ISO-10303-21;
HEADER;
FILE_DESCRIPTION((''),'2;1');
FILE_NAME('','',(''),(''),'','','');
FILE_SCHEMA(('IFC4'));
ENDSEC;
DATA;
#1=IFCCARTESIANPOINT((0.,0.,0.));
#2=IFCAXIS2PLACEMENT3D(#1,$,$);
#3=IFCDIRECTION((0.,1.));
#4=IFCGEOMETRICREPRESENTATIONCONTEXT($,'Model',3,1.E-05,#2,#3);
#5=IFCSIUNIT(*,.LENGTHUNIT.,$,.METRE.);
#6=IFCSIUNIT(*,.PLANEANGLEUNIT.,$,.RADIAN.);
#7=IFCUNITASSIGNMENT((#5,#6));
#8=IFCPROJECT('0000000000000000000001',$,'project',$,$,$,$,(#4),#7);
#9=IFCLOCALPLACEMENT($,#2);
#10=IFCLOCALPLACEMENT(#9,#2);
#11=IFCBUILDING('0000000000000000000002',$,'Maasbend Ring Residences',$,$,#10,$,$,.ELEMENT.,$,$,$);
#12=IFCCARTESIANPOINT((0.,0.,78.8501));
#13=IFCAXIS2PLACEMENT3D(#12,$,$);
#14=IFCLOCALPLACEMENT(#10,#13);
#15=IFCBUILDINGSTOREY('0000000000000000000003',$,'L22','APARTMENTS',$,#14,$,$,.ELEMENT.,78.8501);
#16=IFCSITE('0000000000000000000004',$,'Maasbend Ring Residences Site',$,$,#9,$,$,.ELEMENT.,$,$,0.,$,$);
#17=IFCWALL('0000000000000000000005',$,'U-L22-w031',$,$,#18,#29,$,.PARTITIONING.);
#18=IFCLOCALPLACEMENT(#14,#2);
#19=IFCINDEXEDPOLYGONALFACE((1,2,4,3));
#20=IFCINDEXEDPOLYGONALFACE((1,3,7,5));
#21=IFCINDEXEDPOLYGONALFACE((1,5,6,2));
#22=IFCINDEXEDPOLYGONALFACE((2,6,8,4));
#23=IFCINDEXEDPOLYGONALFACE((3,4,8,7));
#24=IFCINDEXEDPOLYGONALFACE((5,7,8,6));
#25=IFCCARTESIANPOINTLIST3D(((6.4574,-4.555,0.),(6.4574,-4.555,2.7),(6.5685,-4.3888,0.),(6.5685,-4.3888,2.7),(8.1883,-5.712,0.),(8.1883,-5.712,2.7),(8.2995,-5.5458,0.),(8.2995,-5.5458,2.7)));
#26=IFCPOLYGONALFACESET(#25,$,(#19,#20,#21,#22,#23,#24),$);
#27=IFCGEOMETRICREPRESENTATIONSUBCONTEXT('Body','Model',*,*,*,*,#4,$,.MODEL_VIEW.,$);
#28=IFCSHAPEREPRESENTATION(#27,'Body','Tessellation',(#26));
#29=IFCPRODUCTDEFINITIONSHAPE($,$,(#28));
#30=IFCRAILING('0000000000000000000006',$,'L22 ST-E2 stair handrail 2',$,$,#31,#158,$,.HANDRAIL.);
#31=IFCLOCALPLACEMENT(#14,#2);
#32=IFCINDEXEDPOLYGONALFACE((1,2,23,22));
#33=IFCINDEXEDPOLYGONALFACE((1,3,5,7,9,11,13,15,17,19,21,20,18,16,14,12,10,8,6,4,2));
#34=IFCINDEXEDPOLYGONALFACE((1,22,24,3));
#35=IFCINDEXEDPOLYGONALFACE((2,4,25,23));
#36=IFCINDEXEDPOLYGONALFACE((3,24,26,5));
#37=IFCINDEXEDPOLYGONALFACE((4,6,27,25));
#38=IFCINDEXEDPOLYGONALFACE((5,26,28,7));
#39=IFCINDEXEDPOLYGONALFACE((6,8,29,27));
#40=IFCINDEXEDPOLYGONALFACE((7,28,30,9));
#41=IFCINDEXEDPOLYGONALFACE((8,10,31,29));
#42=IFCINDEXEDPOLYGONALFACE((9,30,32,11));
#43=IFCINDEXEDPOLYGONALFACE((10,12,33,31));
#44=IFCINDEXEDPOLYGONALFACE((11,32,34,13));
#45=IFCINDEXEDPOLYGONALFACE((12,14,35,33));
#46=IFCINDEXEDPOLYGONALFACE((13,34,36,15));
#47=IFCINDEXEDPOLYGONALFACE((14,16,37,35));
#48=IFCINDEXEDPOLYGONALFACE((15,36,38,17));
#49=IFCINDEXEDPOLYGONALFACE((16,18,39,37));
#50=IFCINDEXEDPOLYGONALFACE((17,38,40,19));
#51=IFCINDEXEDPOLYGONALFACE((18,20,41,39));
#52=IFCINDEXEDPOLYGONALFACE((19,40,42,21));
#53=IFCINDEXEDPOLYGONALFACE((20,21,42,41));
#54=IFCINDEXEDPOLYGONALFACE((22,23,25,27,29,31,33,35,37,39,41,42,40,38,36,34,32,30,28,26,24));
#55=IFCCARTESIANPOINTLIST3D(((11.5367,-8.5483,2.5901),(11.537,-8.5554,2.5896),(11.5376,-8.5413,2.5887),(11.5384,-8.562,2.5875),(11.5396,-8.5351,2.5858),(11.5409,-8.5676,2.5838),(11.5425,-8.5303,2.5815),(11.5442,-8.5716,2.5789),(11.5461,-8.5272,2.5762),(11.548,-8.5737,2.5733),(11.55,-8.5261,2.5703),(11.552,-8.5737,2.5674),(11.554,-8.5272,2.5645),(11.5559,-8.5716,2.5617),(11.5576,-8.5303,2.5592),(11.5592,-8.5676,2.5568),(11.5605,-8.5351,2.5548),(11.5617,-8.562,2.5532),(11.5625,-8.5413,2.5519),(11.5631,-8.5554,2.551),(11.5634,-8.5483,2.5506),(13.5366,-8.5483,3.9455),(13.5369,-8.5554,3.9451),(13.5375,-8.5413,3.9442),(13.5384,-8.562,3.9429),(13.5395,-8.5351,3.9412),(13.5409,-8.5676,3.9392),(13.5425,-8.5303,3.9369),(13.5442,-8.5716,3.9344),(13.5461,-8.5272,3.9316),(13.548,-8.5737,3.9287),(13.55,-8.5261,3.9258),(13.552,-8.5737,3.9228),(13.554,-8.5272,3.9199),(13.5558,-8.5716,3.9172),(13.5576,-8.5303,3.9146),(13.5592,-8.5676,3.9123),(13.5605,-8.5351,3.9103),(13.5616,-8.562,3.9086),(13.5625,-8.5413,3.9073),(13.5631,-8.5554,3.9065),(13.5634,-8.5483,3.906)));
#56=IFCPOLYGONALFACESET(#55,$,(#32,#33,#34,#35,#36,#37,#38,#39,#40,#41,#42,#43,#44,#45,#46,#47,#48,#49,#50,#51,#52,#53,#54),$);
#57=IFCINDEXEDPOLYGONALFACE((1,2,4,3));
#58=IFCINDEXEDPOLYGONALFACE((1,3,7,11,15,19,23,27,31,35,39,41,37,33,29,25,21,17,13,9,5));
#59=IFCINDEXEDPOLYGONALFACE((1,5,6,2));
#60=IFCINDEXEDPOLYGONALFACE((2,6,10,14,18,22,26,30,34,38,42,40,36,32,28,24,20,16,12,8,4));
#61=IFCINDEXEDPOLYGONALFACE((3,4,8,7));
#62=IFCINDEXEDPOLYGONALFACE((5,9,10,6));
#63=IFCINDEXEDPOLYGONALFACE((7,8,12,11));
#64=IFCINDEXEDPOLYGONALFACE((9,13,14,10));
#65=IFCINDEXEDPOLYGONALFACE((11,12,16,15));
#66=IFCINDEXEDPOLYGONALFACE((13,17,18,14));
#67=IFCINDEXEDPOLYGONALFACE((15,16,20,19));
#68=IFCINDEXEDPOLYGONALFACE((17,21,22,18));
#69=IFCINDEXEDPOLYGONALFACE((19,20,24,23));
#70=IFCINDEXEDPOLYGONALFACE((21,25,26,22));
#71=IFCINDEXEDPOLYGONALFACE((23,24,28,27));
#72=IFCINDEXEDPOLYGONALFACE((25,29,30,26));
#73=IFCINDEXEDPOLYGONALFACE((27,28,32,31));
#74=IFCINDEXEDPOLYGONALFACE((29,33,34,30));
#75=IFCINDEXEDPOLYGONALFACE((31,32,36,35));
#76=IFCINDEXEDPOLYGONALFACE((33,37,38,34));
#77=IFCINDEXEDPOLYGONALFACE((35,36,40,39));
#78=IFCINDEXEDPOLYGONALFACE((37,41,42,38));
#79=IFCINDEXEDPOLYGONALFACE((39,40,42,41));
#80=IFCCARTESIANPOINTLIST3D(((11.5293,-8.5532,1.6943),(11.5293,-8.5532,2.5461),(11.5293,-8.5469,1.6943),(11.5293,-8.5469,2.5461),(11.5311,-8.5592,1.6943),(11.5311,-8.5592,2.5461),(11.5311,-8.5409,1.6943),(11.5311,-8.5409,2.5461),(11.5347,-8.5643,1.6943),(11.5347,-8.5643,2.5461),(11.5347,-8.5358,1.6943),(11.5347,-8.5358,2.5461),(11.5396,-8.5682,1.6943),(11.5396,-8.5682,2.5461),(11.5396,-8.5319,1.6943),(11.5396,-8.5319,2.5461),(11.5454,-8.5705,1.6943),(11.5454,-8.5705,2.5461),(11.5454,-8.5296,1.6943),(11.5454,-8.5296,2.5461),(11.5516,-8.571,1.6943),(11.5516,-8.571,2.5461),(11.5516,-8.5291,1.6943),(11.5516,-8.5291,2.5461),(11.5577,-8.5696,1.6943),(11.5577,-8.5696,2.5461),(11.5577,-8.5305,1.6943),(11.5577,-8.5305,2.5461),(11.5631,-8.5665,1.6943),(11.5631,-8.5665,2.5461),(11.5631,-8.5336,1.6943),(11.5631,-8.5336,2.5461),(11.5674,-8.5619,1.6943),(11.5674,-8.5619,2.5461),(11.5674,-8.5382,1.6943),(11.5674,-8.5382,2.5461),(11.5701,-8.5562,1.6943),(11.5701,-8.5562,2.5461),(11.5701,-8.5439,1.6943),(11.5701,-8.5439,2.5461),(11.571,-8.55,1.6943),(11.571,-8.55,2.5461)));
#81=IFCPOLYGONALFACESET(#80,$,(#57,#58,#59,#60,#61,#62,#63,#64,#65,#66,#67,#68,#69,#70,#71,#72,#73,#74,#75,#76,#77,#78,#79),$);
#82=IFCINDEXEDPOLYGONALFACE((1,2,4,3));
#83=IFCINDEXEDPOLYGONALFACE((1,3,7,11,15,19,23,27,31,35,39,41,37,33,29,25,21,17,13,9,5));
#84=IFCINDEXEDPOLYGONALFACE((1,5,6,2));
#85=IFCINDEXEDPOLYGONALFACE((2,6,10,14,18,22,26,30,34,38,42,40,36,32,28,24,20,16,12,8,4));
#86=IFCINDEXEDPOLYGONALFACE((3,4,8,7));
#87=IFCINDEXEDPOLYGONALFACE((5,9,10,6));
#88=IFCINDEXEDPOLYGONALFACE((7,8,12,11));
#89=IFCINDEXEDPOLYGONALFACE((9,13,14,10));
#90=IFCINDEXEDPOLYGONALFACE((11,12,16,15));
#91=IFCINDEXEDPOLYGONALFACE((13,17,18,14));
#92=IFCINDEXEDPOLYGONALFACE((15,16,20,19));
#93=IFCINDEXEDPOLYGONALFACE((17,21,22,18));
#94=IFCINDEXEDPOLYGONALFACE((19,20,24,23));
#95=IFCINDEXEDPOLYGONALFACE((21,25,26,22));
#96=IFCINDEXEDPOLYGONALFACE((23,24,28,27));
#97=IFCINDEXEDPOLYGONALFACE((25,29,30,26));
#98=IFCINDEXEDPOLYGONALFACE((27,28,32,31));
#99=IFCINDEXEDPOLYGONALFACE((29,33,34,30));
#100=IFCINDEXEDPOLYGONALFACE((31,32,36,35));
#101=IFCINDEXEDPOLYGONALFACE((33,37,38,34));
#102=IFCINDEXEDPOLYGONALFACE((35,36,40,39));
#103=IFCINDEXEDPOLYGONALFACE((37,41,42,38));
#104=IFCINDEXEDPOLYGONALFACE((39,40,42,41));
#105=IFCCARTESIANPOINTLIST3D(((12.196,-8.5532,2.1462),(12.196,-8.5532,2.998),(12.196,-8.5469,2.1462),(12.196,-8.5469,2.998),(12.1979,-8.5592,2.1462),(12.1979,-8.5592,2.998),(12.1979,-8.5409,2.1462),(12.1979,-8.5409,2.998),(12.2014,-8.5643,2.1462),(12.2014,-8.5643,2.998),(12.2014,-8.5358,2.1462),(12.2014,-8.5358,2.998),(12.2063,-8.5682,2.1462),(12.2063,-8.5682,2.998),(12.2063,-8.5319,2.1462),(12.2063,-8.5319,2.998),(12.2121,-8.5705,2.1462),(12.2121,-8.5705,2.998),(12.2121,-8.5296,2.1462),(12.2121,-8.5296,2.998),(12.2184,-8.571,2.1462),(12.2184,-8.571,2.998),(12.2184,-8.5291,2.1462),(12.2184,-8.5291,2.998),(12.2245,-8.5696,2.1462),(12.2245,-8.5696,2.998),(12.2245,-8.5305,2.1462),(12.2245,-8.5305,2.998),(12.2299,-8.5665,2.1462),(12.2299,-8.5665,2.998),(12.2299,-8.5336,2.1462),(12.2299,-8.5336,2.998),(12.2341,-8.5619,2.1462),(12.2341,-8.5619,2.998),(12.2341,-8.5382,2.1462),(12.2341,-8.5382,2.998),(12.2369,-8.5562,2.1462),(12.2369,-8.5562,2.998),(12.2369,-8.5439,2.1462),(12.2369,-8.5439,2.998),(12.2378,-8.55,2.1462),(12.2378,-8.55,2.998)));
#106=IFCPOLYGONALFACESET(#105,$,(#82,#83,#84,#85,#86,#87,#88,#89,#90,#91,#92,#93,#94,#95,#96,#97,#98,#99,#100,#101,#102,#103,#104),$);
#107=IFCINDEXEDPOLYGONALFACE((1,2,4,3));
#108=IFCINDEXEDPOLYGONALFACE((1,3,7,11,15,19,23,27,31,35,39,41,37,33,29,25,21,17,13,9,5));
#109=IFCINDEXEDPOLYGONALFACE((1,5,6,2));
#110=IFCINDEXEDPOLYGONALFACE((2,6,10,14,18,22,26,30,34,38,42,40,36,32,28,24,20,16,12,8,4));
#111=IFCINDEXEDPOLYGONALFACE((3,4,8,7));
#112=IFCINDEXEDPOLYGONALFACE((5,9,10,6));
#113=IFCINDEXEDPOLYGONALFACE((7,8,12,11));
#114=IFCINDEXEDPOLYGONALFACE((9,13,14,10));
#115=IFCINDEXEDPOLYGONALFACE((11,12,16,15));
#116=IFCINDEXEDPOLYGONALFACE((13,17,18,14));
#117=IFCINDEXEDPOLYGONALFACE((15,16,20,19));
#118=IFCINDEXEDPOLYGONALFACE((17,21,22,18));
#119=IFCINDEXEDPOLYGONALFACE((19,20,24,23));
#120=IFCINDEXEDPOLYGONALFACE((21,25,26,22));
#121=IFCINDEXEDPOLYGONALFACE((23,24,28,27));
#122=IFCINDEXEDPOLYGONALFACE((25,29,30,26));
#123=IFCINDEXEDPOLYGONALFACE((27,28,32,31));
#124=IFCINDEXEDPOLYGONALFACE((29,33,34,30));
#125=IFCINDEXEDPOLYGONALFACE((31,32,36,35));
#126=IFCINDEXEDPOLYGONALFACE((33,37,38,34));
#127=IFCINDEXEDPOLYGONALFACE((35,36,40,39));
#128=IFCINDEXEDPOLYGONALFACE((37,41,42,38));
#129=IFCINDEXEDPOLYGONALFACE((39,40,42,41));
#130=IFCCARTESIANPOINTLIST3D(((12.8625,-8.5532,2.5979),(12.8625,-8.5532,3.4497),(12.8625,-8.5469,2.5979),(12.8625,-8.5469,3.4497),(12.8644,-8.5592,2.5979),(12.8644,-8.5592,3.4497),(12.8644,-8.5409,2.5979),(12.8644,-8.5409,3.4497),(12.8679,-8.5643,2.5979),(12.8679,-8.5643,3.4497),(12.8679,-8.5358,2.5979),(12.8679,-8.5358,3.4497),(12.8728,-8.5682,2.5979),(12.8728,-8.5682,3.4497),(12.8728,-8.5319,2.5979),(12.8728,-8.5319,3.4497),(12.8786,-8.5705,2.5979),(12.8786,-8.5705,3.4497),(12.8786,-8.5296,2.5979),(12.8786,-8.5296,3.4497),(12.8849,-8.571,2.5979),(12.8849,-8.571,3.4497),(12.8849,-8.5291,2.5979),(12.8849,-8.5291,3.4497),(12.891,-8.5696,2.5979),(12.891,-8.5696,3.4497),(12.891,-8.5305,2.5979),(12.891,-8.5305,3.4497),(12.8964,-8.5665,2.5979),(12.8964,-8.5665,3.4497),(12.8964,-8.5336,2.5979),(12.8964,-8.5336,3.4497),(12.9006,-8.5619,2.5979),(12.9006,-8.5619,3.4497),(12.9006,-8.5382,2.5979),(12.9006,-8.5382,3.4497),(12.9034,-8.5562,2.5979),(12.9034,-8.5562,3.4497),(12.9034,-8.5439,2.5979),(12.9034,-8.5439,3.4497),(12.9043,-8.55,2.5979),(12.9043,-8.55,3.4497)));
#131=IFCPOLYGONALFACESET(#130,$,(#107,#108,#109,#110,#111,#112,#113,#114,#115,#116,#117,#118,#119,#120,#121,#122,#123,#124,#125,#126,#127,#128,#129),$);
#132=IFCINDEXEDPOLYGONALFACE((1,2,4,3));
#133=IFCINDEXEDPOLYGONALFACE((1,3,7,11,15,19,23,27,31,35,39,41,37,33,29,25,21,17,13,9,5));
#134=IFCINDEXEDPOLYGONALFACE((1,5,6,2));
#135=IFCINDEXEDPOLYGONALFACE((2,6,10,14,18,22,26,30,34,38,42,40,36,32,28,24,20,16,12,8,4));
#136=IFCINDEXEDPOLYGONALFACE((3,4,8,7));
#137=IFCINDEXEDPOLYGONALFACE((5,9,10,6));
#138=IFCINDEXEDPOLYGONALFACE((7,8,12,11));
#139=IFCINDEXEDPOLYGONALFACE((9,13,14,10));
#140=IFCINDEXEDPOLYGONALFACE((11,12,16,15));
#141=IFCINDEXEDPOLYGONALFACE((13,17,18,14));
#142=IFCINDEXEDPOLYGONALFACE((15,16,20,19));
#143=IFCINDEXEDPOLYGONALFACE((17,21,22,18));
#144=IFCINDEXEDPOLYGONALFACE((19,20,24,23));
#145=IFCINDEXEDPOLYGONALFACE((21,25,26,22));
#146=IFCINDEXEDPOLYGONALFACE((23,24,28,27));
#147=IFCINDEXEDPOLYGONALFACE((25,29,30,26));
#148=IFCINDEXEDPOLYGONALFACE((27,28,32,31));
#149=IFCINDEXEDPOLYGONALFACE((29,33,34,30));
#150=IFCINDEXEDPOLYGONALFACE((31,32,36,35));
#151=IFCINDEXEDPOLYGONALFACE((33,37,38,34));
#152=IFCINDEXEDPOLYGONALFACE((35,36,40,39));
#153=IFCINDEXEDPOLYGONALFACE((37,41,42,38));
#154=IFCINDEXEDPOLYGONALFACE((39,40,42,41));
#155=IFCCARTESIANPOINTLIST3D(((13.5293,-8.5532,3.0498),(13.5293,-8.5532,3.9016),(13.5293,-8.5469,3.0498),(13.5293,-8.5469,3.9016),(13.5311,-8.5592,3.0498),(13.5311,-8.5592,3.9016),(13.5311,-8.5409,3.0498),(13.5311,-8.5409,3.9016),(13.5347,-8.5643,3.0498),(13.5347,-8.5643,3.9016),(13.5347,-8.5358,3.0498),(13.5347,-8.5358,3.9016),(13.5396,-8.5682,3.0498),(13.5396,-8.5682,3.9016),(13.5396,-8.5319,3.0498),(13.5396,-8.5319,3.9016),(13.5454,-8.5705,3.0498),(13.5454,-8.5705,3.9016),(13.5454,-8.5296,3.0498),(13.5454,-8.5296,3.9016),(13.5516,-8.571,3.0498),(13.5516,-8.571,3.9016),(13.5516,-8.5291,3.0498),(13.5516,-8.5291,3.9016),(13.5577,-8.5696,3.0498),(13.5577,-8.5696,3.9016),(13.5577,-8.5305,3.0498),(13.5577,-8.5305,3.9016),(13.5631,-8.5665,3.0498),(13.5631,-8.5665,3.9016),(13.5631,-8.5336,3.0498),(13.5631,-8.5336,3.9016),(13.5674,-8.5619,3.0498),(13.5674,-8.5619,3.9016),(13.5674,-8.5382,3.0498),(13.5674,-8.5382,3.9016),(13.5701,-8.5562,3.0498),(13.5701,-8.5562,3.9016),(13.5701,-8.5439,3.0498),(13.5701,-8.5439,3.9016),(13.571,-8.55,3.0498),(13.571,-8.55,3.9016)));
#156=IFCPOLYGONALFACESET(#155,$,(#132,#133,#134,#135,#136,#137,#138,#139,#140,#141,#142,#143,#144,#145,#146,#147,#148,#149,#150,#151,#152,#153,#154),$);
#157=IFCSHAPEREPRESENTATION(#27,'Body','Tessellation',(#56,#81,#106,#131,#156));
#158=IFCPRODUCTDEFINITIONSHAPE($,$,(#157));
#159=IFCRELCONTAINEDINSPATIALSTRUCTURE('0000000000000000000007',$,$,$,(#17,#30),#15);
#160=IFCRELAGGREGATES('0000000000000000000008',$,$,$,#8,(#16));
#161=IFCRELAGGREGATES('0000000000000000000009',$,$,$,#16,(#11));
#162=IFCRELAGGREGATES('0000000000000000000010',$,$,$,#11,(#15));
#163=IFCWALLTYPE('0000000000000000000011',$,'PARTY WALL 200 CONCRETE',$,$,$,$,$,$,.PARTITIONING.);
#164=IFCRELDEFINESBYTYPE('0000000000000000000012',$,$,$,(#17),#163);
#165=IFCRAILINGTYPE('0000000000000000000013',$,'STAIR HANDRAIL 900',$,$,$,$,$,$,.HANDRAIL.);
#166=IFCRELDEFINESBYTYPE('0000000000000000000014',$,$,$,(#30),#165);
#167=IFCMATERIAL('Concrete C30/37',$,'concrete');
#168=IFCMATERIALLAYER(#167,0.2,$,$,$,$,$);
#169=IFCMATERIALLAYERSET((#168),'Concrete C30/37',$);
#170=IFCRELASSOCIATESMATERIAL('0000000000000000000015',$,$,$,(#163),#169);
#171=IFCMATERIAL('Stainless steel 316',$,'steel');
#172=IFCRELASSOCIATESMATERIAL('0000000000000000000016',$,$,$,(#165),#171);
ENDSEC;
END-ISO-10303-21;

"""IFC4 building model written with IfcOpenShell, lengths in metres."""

from ifc_helpers import new_model, si_unit, direction, frame, frame_2d, origin, origin_2d, place, context, subcontext, project, spatial, rectangle, circle, extrude, material, layer, layer_set, type_object, element, save


model = new_model("IFC4")

# Units and contexts
model_context = context("Model", 3, precision=1e-05, world=origin(), true_north=direction((0.0, 1.0)))
body_context = subcontext(model_context, "Body", "Model", "MODEL_VIEW")
ifc_project = project(units=[si_unit("LENGTHUNIT", "METRE"), si_unit("PLANEANGLEUNIT", "RADIAN")], contexts=[model_context])

# Site, building, storey
site_placement = place(None, origin())
site = spatial("IfcSite", under=ifc_project, at=site_placement, Name="Maasbend Ring Residences Site", CompositionType="ELEMENT", RefElevation=0.0)
building_placement = place(site_placement, origin())
building = spatial("IfcBuilding", under=site, at=building_placement, Name="Maasbend Ring Residences", CompositionType="ELEMENT")
storey_placement = place(building_placement, frame((0.0, 0.0, 78.8501)))
storey = spatial("IfcBuildingStorey", under=building, at=storey_placement, Name="L22", Description="APARTMENTS", CompositionType="ELEMENT", Elevation=78.8501)

# Wall
ifc_material_1 = material(Name="Concrete C30/37", Category="concrete")
ifc_layer_1 = layer(ifc_material_1, 0.2)
ifc_layer_set_1 = layer_set([ifc_layer_1], Name="Concrete C30/37")
wall_type_1 = type_object("IfcWallType", Name="PARTY WALL 200 CONCRETE", PredefinedType="PARTITIONING", material=ifc_layer_set_1)
wall_1_placement = place(storey_placement, frame((6.5129, -4.4719, 0.0), z_axis=(0.0, 0.0, 1.0), x_axis=(0.831382, -0.555701, 0.0)))
element("IfcWall", 1, at=wall_1_placement, inside=storey, type_object=wall_type_1, Name="U-L22-w031", PredefinedType="PARTITIONING", context=body_context, shape_type="SweptSolid", body=[
    extrude(rectangle(XDim=2.082, YDim=0.2, at=frame_2d((1.041, 0.0))), origin(), (0.0, 0.0, 1.0), 2.7),
])

# Railing
ifc_material_2 = material(Name="Stainless steel 316", Category="steel")
railing_type = type_object("IfcRailingType", Name="STAIR HANDRAIL 900", PredefinedType="HANDRAIL", material=ifc_material_2)
railing_placement = place(storey_placement, frame((11.55, -8.55, 1.6943)))
element("IfcRailing", 2, at=railing_placement, inside=storey, type_object=railing_type, Name="L22 ST-E2 stair handrail 2", PredefinedType="HANDRAIL", context=body_context, shape_type="SweptSolid", body=[
    extrude(circle(Radius=0.0239, at=origin_2d()), frame((0.0, 0.0, 0.876), z_axis=(0.827798, 0.0, 0.561027), x_axis=(0.0, 1.0, 0.0)), (0.0, 0.0, 1.0), 2.416),
    extrude(circle(Radius=0.021, at=origin_2d()), origin(), (0.0, 0.0, 1.0), 0.8518),
    extrude(circle(Radius=0.021, at=origin_2d()), frame((0.6667, 0.0, 0.4519)), (0.0, 0.0, 1.0), 0.8518),
    extrude(circle(Radius=0.021, at=origin_2d()), frame((1.3333, 0.0, 0.9036)), (0.0, 0.0, 1.0), 0.8518),
    extrude(circle(Radius=0.021, at=origin_2d()), frame((2.0, 0.0, 1.3555)), (0.0, 0.0, 1.0), 0.8518),
])

save(model, "model.ifc")
